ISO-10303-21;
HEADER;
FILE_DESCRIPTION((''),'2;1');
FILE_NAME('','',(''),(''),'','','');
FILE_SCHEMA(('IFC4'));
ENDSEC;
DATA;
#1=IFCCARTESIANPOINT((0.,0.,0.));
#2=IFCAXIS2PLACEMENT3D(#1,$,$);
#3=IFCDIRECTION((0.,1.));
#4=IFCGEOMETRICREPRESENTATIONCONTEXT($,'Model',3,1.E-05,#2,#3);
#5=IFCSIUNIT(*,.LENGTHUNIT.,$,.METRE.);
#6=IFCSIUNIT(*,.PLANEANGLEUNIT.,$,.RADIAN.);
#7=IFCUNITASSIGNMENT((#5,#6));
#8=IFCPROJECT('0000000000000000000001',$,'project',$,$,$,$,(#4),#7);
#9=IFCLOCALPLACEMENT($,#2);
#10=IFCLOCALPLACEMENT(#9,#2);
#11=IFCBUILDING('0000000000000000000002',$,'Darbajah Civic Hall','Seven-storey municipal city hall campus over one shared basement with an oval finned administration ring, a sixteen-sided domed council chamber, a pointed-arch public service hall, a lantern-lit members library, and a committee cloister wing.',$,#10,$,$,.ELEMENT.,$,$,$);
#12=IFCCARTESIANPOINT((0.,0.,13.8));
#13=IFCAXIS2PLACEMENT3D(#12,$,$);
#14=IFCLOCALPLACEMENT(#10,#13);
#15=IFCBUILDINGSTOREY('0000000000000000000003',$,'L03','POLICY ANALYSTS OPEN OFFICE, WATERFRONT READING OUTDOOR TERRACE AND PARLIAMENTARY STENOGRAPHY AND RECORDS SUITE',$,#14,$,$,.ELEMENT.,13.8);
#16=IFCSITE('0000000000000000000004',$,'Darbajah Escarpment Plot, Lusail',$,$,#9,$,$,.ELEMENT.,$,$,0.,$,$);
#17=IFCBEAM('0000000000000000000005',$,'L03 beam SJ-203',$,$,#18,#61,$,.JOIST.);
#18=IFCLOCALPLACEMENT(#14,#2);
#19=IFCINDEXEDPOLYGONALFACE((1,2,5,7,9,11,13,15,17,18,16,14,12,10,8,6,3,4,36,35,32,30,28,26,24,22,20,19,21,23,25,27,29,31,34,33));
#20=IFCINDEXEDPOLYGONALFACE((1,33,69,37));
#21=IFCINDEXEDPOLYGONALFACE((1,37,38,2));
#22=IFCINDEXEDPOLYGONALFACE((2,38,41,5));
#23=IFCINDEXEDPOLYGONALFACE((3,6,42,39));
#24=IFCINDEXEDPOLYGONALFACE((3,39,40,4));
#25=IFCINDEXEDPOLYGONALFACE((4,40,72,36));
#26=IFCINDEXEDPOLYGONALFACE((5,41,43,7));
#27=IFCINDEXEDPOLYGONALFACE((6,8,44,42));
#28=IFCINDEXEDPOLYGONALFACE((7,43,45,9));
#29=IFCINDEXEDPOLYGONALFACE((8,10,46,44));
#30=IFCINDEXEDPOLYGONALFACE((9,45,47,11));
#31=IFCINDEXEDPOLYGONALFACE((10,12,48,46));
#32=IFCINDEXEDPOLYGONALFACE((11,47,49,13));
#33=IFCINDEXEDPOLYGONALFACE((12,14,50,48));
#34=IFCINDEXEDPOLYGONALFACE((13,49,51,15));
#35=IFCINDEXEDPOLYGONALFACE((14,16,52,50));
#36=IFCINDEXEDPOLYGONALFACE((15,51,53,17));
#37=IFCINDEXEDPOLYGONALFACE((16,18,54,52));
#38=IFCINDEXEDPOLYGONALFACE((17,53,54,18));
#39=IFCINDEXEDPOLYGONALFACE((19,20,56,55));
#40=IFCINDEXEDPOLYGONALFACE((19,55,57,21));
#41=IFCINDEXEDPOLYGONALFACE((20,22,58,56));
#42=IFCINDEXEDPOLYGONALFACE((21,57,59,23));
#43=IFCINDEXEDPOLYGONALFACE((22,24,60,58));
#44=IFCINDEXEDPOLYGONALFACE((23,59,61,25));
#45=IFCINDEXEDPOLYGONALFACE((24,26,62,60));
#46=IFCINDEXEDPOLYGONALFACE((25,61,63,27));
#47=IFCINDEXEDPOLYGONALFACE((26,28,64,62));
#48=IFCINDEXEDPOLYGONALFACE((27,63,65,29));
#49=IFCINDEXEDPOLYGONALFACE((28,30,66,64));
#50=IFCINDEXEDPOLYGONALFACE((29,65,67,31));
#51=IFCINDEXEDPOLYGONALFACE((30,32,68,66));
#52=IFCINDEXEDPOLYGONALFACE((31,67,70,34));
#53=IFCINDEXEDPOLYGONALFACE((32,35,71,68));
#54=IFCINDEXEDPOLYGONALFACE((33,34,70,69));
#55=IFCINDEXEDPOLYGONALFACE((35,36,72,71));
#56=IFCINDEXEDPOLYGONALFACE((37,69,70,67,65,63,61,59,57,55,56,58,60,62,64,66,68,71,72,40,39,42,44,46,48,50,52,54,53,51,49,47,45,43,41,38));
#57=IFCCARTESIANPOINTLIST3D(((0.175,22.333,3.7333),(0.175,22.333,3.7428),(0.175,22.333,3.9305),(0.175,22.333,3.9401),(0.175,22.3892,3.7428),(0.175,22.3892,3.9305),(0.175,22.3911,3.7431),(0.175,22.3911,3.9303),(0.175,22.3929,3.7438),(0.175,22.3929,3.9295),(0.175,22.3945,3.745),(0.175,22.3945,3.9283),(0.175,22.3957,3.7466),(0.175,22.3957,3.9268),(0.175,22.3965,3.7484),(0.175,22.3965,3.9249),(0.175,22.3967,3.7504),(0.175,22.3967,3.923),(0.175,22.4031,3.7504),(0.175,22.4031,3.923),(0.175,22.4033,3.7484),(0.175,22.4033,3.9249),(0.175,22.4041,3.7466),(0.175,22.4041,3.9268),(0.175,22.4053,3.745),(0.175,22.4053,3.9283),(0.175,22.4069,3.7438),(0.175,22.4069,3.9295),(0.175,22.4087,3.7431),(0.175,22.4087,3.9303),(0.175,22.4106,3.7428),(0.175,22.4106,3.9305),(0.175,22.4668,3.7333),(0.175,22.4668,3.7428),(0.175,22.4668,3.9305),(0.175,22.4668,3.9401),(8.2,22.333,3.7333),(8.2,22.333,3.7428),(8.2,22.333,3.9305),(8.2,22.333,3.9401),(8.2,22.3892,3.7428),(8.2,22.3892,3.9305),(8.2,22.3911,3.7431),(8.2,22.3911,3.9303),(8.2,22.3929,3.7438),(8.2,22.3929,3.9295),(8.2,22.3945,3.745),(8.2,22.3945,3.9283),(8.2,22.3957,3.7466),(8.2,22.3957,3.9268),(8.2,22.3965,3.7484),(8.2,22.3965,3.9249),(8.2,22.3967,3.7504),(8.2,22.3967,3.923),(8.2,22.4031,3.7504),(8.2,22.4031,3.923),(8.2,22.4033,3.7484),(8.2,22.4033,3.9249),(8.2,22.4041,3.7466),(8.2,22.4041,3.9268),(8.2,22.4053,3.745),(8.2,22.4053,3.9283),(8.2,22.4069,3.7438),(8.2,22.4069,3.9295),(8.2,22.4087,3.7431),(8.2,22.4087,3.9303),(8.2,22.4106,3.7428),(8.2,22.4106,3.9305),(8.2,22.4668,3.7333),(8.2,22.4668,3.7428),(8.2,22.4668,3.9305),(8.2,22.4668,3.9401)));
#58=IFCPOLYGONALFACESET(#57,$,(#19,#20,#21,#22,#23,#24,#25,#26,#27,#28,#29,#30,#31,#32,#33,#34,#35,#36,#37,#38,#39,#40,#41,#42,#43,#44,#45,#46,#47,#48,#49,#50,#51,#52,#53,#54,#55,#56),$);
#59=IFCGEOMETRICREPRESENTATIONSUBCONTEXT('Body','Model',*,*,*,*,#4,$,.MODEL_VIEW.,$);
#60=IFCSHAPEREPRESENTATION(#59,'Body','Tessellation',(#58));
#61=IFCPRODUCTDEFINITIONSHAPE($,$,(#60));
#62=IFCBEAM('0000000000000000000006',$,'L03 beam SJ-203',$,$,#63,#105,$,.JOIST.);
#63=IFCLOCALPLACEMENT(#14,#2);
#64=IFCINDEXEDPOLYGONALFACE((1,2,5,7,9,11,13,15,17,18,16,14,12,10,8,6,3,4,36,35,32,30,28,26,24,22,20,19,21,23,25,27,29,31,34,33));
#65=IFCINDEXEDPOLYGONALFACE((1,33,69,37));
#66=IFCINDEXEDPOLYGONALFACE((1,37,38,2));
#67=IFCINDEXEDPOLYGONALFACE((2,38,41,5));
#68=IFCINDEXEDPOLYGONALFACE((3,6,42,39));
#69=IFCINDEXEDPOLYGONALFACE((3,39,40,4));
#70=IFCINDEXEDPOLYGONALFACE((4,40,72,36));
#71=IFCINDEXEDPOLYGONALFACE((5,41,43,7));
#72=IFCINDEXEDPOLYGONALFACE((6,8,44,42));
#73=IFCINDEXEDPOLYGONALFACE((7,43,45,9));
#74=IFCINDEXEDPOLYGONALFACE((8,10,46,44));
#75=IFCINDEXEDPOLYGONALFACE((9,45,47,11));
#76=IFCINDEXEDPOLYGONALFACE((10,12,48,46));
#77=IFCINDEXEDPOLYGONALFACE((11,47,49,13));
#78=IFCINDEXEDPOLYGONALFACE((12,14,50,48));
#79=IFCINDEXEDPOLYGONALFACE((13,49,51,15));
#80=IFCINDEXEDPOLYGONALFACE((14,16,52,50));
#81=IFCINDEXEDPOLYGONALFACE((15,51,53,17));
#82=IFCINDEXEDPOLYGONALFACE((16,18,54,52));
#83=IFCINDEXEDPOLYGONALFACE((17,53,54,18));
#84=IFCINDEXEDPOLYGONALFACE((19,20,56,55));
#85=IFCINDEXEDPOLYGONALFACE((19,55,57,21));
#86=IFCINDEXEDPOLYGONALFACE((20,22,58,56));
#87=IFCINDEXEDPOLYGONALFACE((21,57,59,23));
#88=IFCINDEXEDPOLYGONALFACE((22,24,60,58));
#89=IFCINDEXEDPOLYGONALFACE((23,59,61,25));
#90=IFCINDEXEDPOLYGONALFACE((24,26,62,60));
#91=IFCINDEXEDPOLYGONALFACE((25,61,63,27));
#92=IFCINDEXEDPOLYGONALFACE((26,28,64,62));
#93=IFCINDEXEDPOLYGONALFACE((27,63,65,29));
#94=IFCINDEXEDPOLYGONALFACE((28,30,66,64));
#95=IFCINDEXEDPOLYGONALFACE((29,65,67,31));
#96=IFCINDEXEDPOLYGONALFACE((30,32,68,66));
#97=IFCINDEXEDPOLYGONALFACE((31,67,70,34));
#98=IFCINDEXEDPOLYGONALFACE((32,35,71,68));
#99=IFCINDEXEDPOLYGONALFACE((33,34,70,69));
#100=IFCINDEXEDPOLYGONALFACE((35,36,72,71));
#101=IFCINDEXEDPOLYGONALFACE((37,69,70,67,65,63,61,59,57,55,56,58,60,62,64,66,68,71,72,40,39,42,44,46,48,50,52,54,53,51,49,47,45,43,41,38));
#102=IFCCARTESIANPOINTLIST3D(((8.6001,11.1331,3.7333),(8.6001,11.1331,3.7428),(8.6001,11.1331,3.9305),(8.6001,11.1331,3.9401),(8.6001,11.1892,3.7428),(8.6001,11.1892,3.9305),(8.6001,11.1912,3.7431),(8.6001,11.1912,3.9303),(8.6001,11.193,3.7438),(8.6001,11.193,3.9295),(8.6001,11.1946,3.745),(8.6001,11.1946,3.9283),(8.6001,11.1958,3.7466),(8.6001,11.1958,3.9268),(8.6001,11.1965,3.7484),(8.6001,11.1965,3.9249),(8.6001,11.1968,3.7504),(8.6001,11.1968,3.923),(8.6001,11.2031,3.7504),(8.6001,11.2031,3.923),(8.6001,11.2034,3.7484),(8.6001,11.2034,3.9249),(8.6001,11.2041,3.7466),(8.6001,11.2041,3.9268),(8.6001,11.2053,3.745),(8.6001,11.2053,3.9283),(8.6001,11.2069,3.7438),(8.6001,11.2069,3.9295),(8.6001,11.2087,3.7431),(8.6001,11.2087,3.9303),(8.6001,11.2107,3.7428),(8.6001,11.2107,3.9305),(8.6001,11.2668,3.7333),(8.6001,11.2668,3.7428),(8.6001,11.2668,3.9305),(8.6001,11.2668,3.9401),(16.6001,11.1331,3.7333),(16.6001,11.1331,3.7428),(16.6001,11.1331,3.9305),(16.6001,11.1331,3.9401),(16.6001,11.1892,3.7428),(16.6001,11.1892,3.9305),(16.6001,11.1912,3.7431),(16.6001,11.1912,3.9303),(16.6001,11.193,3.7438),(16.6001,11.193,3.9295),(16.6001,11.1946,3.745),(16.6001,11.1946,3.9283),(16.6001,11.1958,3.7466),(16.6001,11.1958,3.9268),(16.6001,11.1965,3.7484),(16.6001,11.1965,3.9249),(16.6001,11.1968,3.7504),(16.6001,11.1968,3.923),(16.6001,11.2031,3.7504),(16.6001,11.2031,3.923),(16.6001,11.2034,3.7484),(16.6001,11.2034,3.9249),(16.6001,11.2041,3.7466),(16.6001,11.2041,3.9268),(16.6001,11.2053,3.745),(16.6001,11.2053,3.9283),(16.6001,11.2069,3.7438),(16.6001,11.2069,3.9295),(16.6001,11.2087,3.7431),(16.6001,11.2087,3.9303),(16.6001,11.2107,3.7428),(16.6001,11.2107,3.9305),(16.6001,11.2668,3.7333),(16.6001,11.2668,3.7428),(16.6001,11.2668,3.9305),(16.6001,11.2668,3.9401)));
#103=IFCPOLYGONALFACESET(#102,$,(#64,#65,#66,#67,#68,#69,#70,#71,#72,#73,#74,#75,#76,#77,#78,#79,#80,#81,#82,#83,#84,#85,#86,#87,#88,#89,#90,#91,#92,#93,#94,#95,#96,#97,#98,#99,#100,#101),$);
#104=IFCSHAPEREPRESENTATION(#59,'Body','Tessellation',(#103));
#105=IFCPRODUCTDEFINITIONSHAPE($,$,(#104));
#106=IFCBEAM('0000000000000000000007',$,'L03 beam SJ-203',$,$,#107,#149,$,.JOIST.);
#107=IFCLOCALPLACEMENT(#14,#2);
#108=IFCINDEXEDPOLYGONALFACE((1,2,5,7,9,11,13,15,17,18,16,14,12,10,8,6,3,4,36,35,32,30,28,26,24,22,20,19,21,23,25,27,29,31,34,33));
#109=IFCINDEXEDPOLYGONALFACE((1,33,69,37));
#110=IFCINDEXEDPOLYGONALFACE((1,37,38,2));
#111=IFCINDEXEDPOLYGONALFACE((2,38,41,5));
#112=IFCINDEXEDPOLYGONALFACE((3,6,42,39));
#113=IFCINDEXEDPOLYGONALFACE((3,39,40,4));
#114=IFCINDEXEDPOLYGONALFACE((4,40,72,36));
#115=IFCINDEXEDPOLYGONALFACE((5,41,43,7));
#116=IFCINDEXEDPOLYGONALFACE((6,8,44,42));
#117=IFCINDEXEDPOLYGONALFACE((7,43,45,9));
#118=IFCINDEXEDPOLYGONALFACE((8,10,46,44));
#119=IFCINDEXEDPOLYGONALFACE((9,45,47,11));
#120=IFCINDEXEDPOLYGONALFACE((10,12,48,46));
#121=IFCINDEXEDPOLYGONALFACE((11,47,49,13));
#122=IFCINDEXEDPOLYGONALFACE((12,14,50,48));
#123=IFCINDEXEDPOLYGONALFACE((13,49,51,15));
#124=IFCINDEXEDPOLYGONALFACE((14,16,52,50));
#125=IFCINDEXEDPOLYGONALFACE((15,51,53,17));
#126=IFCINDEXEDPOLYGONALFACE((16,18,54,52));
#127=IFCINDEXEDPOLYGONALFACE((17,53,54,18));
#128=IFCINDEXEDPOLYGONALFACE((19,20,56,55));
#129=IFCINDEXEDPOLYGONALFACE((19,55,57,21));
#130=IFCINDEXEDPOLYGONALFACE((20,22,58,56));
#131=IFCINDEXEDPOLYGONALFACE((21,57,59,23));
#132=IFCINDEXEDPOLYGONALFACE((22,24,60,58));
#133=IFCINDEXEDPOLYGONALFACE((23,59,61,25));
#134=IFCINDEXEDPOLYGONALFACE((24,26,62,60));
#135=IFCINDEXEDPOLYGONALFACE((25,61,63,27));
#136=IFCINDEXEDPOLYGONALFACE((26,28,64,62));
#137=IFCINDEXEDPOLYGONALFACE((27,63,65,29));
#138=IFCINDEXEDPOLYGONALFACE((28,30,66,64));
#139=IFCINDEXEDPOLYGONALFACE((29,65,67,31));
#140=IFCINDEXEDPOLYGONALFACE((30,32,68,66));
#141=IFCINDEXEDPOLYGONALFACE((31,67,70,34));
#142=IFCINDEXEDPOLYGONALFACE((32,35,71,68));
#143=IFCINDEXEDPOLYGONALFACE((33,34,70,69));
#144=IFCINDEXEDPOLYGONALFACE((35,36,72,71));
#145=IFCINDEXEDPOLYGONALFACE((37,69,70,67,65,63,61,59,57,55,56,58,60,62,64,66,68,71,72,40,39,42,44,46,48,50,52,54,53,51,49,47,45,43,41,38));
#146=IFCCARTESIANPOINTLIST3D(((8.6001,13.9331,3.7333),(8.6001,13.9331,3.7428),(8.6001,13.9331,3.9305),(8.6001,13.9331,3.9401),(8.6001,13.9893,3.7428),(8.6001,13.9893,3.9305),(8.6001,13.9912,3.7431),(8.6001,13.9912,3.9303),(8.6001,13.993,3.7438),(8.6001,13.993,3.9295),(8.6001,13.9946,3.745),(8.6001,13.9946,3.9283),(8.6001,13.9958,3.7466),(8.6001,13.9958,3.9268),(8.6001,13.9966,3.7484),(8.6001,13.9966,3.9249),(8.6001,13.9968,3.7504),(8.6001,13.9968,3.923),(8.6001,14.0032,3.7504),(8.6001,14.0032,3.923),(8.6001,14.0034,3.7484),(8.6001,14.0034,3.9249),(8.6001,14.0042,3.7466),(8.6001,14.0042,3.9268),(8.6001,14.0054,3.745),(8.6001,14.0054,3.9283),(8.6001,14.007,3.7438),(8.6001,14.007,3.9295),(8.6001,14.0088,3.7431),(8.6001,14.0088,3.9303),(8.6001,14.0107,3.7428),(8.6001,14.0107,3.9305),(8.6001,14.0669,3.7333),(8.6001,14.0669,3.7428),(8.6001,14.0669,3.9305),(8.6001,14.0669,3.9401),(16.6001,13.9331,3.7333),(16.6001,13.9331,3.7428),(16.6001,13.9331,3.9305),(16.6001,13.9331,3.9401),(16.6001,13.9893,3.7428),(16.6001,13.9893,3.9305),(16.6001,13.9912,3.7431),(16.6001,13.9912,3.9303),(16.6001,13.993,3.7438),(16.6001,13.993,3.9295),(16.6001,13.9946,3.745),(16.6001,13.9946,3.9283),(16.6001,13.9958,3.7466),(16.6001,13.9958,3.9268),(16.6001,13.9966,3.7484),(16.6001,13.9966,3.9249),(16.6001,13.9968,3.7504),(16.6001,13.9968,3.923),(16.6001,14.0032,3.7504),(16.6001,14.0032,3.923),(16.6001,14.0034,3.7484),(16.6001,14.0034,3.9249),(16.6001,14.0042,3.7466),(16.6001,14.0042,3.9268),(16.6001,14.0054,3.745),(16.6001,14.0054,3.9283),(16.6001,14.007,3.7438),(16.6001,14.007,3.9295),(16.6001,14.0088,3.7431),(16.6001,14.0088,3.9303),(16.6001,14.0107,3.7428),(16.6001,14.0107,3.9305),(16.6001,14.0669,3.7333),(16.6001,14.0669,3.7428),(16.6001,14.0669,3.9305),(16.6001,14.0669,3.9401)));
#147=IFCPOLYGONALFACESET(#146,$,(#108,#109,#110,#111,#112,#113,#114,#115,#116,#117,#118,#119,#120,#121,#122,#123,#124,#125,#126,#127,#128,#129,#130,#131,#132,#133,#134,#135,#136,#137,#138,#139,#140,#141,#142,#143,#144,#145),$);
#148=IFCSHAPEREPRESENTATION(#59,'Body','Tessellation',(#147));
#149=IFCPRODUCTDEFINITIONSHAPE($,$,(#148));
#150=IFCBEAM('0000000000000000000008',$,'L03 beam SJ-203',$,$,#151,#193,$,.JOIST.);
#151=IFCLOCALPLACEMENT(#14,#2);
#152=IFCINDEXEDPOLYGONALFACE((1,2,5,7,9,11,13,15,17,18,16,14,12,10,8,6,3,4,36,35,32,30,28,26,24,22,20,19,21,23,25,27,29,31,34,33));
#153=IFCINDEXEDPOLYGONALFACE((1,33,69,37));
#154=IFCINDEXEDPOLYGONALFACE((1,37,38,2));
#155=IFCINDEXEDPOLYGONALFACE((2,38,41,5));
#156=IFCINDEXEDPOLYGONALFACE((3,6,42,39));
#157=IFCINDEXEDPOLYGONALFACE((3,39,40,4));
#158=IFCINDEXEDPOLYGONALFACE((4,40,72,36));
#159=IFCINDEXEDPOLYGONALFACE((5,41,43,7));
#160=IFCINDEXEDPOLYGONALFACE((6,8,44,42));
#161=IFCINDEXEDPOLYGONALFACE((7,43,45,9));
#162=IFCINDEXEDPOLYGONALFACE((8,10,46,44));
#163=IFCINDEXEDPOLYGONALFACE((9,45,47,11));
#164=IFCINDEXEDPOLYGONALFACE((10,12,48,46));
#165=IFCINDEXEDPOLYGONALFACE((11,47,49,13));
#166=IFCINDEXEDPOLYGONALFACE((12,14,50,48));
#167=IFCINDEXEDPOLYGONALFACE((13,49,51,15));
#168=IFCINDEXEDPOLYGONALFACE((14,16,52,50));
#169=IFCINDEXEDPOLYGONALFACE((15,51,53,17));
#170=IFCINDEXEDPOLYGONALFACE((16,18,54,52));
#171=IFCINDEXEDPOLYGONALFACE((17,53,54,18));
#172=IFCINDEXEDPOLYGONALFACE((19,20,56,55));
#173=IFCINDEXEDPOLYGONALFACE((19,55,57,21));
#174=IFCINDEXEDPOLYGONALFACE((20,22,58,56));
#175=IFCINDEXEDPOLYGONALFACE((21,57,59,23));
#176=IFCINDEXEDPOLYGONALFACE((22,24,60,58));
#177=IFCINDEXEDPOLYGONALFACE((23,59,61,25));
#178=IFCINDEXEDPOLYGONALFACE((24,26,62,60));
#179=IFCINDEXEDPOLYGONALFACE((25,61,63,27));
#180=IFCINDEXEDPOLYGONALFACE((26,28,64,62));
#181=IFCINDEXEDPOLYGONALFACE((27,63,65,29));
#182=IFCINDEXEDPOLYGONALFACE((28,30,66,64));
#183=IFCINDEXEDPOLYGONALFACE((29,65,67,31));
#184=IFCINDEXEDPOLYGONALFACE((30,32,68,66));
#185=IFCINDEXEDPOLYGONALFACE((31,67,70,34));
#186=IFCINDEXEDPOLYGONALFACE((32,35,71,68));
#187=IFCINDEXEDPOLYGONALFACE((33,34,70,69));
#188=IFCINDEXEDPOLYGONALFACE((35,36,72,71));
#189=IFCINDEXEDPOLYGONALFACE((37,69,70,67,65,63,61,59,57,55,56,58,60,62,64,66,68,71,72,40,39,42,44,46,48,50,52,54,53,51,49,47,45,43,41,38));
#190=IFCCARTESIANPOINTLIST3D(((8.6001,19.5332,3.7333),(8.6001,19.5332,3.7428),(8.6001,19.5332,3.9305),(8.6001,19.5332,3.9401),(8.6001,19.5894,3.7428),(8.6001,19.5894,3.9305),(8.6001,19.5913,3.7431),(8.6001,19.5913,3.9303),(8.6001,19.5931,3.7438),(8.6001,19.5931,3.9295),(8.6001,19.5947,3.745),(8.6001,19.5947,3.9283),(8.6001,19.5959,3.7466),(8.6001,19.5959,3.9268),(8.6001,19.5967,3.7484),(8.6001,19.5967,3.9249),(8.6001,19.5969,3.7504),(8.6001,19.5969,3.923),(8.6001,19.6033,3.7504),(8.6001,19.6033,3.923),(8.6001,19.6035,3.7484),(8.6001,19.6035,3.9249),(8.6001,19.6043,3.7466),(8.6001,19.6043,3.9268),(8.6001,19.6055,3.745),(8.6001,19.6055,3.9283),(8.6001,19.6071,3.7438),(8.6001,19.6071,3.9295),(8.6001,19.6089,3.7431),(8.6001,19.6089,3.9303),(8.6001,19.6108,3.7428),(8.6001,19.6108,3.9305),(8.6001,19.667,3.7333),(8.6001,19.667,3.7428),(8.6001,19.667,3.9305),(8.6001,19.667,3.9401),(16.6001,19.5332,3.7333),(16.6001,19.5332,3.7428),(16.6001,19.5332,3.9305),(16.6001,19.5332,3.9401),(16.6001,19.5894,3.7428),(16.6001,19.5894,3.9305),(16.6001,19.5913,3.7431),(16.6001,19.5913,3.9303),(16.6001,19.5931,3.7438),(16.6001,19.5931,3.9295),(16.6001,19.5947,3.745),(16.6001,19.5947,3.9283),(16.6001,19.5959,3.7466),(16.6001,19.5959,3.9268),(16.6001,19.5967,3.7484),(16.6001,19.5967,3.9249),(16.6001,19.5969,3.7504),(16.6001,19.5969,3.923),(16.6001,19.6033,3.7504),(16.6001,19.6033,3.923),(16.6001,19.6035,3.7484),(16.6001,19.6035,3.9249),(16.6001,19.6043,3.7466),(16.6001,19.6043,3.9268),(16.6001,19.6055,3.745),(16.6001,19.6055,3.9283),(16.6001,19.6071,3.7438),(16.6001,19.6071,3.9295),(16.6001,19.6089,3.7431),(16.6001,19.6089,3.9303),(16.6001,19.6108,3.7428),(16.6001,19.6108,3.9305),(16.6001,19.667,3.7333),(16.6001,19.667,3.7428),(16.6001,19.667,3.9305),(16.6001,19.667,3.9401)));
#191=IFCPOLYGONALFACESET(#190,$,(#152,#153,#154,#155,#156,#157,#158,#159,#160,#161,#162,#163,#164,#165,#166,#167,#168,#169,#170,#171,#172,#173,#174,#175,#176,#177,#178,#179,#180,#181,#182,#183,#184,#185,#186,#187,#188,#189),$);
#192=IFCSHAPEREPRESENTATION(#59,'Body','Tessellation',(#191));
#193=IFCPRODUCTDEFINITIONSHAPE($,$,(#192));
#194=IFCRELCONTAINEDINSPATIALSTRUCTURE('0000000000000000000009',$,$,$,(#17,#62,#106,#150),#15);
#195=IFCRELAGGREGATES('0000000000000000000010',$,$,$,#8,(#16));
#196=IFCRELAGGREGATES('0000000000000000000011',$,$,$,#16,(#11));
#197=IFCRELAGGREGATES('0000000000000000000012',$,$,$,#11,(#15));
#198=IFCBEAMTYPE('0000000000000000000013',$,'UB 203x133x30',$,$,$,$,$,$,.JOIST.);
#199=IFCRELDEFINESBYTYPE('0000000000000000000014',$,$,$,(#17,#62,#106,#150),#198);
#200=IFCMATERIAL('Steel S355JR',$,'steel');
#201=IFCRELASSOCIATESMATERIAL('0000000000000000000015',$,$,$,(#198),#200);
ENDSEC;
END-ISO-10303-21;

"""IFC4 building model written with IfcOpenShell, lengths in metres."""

from ifc_helpers import new_model, si_unit, direction, frame, origin, origin_2d, place, context, subcontext, project, spatial, i_section, extrude, material, material_profile, profile_set, type_object, element, save


model = new_model("IFC4")

# Units and contexts
model_context = context("Model", 3, precision=1e-05, world=origin(), true_north=direction((0.0, 1.0)))
body_context = subcontext(model_context, "Body", "Model", "MODEL_VIEW")
ifc_project = project(units=[si_unit("LENGTHUNIT", "METRE"), si_unit("PLANEANGLEUNIT", "RADIAN")], contexts=[model_context])

# Site, building, storey
site_placement = place(None, origin())
site = spatial("IfcSite", under=ifc_project, at=site_placement, Name="Darbajah Escarpment Plot, Lusail", CompositionType="ELEMENT", RefElevation=0.0)
building_placement = place(site_placement, origin())
building = spatial("IfcBuilding", under=site, at=building_placement, Name="Darbajah Civic Hall", Description="Seven-storey municipal city hall campus over one shared basement with an oval finned administration ring, a sixteen-sided domed council chamber, a pointed-arch public service hall, a lantern-lit members library, and a committee cloister wing.", CompositionType="ELEMENT")
storey_placement = place(building_placement, frame((0.0, 0.0, 13.8)))
storey = spatial("IfcBuildingStorey", under=building, at=storey_placement, Name="L03", Description="POLICY ANALYSTS OPEN OFFICE, WATERFRONT READING OUTDOOR TERRACE AND PARLIAMENTARY STENOGRAPHY AND RECORDS SUITE", CompositionType="ELEMENT", Elevation=13.8)

# Beams
ifc_material_1 = material(Name="Steel S355JR", Category="steel")
ifc_material_profile_1 = material_profile(ifc_material_1, i_section(OverallWidth=0.1338, OverallDepth=0.2068, WebThickness=0.0063, FlangeThickness=0.0095, FilletRadius=0.0076, at=origin_2d()), Name="UB 203x133x30")
ifc_profile_set_1 = profile_set([ifc_material_profile_1], Name="Steel S355JR")
beam_type_1 = type_object("IfcBeamType", Name="UB 203x133x30", PredefinedType="JOIST", material=ifc_profile_set_1)
for number, where, z_axis, x_axis, name in (
    (1, (0.175, 22.3999, 3.8367), (1.0, 0.0, 0.0), (0.0, 1.0, 0.0), "L03 beam SJ-203"),
):
    element("IfcBeam", number, at=place(storey_placement, frame(where, z_axis=z_axis, x_axis=x_axis)), inside=storey, type_object=beam_type_1, Name=name, PredefinedType="JOIST", context=body_context, shape_type="SweptSolid", body=[
        extrude(i_section(OverallWidth=0.1338, OverallDepth=0.2068, WebThickness=0.0063, FlangeThickness=0.0095, FilletRadius=0.0076, at=origin_2d()), origin(), (0.0, 0.0, 1.0), 8.0249),
    ])
for number, where, z_axis, x_axis, name in (
    (2, (8.6001, 11.2, 3.8367), (1.0, 0.0, 0.0), (0.0, 1.0, 0.0), "L03 beam SJ-203"),
    (3, (8.6001, 14.0, 3.8367), (1.0, 0.0, 0.0), (0.0, 1.0, 0.0), "L03 beam SJ-203"),
    (4, (8.6001, 19.6001, 3.8367), (1.0, 0.0, 0.0), (0.0, 1.0, 0.0), "L03 beam SJ-203"),
):
    element("IfcBeam", number, at=place(storey_placement, frame(where, z_axis=z_axis, x_axis=x_axis)), inside=storey, type_object=beam_type_1, Name=name, PredefinedType="JOIST", context=body_context, shape_type="SweptSolid", body=[
        extrude(i_section(OverallWidth=0.1338, OverallDepth=0.2068, WebThickness=0.0063, FlangeThickness=0.0095, FilletRadius=0.0076, at=origin_2d()), origin(), (0.0, 0.0, 1.0), 8.0),
    ])

save(model, "model.ifc")
